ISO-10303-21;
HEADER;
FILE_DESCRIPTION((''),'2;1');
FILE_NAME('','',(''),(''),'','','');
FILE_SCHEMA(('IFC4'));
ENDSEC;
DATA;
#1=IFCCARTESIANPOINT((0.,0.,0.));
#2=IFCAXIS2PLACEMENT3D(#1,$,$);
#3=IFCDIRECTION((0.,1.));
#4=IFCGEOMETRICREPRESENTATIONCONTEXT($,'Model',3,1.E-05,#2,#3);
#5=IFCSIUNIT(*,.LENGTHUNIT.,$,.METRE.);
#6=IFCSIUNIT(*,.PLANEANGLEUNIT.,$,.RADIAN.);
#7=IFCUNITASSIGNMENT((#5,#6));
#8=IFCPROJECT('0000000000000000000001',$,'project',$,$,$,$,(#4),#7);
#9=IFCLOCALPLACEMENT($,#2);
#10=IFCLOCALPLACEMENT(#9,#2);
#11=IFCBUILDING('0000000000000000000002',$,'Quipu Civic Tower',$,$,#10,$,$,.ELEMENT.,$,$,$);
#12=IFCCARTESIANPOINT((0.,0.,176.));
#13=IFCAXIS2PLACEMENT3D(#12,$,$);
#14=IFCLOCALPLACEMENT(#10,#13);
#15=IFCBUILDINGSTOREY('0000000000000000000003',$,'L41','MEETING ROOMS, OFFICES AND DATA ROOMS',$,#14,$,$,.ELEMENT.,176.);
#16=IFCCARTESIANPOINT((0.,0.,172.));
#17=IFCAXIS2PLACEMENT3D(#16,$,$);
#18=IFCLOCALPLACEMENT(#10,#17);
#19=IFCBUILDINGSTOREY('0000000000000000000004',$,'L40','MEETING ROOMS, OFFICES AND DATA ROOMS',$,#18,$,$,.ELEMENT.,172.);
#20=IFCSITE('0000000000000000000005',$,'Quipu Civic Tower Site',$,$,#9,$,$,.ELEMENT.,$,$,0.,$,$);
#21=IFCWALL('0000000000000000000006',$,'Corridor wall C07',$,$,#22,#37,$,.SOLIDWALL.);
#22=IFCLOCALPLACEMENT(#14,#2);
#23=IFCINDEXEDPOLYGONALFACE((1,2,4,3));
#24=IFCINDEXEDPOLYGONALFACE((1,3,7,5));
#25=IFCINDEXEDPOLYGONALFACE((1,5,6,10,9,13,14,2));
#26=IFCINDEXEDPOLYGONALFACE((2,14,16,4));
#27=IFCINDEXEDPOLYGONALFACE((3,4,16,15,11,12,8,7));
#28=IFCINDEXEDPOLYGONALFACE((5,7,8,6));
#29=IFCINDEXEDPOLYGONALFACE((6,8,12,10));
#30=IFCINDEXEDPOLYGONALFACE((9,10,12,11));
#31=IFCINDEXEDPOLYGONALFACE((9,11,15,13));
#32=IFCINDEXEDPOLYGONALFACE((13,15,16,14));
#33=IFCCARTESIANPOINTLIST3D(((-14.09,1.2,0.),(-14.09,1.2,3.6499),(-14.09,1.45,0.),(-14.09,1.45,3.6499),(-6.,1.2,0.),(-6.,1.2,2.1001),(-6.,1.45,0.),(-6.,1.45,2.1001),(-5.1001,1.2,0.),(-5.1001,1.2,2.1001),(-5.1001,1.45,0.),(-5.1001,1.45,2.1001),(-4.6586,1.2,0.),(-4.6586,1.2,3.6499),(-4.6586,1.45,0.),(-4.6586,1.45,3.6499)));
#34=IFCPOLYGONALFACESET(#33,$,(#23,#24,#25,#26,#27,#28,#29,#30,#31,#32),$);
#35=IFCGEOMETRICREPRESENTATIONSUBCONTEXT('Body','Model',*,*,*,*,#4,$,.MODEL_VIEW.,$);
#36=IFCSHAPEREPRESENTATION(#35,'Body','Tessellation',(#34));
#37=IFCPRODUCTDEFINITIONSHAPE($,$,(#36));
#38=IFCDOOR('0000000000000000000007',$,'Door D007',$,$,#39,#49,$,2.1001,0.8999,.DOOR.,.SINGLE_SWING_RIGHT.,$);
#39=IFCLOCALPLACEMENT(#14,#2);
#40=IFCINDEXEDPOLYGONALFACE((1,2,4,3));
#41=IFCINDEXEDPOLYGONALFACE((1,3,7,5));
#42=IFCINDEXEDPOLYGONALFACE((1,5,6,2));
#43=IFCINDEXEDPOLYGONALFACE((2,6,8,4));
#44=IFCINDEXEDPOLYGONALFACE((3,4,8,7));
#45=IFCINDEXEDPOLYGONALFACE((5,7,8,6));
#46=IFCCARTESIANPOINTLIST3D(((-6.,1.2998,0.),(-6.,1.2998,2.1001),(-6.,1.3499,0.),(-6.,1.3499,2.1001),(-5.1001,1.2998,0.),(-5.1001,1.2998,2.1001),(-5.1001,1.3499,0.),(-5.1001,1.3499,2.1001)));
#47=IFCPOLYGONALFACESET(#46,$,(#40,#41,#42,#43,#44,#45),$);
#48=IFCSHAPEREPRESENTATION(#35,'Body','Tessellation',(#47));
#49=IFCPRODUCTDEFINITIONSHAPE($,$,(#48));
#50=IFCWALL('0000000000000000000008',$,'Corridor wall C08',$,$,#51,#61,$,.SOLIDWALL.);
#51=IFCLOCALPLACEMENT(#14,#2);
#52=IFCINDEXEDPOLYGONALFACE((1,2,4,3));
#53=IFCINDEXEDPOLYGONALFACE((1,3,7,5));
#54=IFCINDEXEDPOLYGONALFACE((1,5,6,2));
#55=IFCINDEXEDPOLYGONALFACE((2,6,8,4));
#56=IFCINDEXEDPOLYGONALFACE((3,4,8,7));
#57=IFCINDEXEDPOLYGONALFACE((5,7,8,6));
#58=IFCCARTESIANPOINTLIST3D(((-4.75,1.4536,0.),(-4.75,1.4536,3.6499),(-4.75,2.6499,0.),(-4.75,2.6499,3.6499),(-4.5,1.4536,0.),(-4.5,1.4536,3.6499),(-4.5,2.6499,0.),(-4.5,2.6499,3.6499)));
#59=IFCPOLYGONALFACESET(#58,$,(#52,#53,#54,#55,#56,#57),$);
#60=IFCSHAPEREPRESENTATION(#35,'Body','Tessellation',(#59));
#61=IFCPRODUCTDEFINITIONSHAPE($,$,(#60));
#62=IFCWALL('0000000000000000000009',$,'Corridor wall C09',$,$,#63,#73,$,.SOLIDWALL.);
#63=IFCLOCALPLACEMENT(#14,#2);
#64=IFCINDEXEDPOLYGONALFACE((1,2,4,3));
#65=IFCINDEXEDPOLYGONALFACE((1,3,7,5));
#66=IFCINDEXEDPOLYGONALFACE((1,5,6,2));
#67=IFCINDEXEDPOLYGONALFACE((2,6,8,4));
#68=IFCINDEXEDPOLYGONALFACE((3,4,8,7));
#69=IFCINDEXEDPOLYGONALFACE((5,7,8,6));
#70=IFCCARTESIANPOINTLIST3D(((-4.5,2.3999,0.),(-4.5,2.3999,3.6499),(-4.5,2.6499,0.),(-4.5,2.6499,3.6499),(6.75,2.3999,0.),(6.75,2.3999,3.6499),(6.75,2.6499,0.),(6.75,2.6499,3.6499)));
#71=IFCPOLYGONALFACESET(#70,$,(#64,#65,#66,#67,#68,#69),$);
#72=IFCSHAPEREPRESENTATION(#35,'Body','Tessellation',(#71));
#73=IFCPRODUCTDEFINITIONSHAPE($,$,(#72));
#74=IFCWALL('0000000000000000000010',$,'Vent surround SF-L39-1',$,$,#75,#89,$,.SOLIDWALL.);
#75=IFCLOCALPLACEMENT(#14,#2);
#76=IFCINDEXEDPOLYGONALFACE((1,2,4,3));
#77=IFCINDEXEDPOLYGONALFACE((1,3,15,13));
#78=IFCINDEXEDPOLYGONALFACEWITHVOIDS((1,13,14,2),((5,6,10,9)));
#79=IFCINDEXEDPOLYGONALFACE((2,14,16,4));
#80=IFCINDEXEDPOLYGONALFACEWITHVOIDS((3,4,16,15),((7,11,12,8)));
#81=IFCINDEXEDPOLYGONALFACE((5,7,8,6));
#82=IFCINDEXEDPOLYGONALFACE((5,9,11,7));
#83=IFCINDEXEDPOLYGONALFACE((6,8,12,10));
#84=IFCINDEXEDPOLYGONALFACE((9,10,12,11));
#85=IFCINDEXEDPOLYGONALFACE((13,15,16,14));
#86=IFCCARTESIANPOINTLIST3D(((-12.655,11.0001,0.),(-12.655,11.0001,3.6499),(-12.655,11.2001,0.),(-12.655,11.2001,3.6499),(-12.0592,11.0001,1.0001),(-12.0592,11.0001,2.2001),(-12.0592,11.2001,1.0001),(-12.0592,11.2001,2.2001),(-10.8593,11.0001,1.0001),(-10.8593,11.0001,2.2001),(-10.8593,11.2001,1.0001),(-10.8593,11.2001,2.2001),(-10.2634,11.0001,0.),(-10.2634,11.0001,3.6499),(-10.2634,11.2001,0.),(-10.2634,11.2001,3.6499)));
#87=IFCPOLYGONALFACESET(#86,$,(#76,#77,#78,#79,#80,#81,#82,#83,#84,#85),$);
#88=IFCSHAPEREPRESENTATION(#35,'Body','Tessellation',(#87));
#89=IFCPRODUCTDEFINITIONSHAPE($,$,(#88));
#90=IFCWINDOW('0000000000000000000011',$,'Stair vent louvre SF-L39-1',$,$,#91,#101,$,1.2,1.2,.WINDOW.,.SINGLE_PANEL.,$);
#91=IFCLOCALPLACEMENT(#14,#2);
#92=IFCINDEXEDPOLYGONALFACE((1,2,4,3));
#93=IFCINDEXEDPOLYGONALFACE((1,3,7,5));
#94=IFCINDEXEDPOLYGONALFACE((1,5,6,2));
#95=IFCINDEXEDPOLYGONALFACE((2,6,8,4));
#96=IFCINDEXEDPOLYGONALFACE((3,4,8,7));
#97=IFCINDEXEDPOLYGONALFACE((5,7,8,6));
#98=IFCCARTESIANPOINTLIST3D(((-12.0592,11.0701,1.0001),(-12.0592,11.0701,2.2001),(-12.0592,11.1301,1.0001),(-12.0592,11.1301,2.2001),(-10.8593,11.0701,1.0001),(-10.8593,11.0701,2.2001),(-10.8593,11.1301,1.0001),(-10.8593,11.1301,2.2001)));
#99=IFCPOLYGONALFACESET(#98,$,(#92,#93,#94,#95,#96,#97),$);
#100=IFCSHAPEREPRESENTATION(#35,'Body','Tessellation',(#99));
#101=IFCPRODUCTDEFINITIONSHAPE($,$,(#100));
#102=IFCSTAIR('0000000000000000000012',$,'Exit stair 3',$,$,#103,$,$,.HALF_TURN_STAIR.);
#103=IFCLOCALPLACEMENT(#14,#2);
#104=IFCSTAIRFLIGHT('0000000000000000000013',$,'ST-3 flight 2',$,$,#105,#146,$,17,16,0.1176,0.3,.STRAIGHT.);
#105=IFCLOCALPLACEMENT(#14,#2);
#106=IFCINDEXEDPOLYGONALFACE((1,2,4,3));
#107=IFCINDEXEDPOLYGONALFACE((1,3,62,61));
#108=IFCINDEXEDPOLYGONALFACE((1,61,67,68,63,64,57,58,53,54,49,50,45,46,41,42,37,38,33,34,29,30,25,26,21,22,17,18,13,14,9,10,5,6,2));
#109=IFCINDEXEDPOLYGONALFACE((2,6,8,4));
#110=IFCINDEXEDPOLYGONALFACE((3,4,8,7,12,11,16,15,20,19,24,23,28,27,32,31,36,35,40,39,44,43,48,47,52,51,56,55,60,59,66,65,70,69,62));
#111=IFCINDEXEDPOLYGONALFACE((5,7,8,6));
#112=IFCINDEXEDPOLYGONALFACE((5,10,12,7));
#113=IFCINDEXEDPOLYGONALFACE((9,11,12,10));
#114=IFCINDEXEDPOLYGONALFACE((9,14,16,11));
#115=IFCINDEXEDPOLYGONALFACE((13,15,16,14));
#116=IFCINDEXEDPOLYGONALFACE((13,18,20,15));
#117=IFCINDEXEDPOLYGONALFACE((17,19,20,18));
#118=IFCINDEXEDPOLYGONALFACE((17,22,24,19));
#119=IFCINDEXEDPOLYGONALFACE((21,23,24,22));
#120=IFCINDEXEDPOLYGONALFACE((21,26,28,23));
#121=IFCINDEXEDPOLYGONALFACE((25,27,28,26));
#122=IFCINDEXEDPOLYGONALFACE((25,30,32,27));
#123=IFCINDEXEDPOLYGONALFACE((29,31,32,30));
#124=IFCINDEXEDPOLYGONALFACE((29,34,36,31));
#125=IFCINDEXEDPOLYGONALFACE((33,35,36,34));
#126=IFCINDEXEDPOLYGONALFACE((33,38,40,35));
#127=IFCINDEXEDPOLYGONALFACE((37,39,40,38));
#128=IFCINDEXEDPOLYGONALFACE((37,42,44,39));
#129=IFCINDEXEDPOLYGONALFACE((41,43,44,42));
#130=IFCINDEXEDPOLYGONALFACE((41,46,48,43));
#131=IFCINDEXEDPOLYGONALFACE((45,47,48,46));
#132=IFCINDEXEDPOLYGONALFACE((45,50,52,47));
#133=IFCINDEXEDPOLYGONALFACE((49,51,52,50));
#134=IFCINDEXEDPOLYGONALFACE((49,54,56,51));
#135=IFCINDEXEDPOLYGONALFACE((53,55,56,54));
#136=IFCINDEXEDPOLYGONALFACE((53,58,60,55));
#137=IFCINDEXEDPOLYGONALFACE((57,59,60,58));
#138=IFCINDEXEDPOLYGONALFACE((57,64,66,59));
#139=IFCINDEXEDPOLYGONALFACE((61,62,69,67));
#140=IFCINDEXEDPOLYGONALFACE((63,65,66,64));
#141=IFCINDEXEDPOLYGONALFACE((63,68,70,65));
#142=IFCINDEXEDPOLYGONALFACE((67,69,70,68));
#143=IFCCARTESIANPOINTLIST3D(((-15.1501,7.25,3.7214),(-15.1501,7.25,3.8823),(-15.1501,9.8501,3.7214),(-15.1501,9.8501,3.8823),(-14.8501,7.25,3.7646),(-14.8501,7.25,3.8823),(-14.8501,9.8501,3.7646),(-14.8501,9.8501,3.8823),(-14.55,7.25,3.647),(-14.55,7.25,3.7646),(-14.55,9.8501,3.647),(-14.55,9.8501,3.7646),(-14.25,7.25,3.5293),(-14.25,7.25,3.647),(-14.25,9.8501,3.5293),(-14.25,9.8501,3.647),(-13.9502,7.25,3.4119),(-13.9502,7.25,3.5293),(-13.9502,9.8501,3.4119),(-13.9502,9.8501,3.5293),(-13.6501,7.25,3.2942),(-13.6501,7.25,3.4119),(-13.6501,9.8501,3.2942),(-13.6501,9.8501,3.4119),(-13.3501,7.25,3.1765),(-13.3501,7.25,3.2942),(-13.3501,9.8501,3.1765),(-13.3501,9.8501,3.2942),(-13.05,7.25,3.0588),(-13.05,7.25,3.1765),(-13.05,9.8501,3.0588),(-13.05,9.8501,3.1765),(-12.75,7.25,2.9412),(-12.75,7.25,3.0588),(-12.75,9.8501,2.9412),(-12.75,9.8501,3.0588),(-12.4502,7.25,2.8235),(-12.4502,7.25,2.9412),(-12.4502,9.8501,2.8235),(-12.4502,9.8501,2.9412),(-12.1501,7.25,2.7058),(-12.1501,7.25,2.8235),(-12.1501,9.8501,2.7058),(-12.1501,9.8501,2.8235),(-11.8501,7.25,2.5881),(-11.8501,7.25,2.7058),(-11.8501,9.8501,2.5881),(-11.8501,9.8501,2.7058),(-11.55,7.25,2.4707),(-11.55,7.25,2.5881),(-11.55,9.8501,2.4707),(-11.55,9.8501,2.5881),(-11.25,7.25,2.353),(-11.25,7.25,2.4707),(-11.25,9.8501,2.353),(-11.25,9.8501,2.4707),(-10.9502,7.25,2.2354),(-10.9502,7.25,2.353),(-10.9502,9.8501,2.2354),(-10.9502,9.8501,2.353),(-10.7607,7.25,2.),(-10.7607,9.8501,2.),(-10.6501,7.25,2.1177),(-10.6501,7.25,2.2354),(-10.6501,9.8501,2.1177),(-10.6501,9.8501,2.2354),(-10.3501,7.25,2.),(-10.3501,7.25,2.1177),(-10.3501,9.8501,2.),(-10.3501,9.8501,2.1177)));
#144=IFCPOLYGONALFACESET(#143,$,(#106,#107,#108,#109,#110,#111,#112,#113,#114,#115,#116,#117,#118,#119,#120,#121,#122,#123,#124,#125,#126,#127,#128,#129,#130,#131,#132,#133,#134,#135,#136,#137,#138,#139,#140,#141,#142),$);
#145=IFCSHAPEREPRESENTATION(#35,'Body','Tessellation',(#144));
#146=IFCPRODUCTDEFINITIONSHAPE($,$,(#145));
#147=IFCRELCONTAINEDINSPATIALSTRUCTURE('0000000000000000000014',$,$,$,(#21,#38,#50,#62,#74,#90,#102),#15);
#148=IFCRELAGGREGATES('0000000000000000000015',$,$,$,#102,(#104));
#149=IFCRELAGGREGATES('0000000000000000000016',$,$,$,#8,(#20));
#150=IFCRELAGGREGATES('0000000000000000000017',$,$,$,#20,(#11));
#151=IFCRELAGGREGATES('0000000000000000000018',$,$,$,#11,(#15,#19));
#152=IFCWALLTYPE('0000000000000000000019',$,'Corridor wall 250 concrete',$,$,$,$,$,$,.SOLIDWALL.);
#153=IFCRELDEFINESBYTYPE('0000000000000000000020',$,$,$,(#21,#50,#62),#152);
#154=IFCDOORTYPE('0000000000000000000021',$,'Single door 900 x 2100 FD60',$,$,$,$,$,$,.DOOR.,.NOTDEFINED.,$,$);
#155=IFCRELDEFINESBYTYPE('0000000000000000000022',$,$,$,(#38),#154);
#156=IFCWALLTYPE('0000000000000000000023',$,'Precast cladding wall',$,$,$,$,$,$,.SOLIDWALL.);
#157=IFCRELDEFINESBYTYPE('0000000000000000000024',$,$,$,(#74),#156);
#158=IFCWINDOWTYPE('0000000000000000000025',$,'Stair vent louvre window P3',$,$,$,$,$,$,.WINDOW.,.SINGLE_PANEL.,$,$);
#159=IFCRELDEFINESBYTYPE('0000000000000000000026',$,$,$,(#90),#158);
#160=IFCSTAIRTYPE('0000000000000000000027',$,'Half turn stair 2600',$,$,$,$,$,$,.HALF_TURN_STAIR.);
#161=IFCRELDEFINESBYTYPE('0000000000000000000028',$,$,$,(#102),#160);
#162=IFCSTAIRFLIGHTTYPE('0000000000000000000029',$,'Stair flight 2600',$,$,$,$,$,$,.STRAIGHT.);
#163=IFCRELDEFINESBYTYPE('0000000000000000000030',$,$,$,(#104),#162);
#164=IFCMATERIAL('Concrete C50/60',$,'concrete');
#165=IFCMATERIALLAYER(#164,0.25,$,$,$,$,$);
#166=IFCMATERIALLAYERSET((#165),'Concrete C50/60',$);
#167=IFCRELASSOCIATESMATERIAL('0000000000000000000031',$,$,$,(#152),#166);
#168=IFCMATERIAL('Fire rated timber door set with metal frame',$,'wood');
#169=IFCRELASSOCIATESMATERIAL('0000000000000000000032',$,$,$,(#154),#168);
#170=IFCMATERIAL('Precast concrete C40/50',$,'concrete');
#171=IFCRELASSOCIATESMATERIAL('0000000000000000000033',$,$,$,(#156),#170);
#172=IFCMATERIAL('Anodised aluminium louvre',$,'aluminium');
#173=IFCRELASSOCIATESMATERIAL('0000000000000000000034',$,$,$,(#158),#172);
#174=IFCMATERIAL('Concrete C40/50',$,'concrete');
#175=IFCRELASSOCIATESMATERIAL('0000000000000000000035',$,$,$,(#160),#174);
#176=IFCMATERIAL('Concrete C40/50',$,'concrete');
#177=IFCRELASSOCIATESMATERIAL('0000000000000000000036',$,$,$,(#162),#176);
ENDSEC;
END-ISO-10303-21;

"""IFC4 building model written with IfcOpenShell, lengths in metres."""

from ifc_helpers import new_model, si_unit, direction, frame, frame_2d, origin, place, context, subcontext, project, spatial, polyline, rectangle, outline, extrude, material, layer, layer_set, type_object, element, fill, aggregate, save


model = new_model("IFC4")

# Units and contexts
model_context = context("Model", 3, precision=1e-05, world=origin(), true_north=direction((0.0, 1.0)))
body_context = subcontext(model_context, "Body", "Model", "MODEL_VIEW")
ifc_project = project(units=[si_unit("LENGTHUNIT", "METRE"), si_unit("PLANEANGLEUNIT", "RADIAN")], contexts=[model_context])

# Site, building, storey
site_placement = place(None, origin())
site = spatial("IfcSite", under=ifc_project, at=site_placement, Name="Quipu Civic Tower Site", CompositionType="ELEMENT", RefElevation=0.0)
building_placement = place(site_placement, origin())
building = spatial("IfcBuilding", under=site, at=building_placement, Name="Quipu Civic Tower", CompositionType="ELEMENT")
storey_1_placement = place(building_placement, frame((0.0, 0.0, 176.0)))
storey_1 = spatial("IfcBuildingStorey", under=building, at=storey_1_placement, Name="L41", Description="MEETING ROOMS, OFFICES AND DATA ROOMS", CompositionType="ELEMENT", Elevation=176.0)

# Shared definitions
storey_2_placement = place(building_placement, frame((0.0, 0.0, 172.0)))
storey_2 = spatial("IfcBuildingStorey", under=building, at=storey_2_placement, Name="L40", Description="MEETING ROOMS, OFFICES AND DATA ROOMS", CompositionType="ELEMENT", Elevation=172.0)

# Wall, opening, door
ifc_material_1 = material(Name="Concrete C50/60", Category="concrete")
ifc_layer_1 = layer(ifc_material_1, 0.25)
ifc_layer_set_1 = layer_set([ifc_layer_1], Name="Concrete C50/60")
wall_type_1 = type_object("IfcWallType", Name="Corridor wall 250 concrete", PredefinedType="SOLIDWALL", material=ifc_layer_set_1)
wall_1_placement = place(storey_1_placement, frame((-14.0901, 1.325, 0.0), z_axis=(0.0, 0.0, 1.0), x_axis=(1.0, 0.0, 0.0)))
wall_1 = element("IfcWall", 1, at=wall_1_placement, inside=storey_1, type_object=wall_type_1, Name="Corridor wall C07", PredefinedType="SOLIDWALL", context=body_context, shape_type="SweptSolid", body=[
    extrude(rectangle(XDim=9.4314, YDim=0.25, at=frame_2d((4.7158, 0.0))), origin(), (0.0, 0.0, 1.0), 3.6499),
])
opening_1_placement = place(wall_1_placement, frame((8.0901, 0.0, 0.0)))
opening_1 = element("IfcOpeningElement", 2, at=opening_1_placement, cuts=wall_1, PredefinedType="OPENING", context=body_context, shape_type="SweptSolid", body=[
    extrude(rectangle(XDim=0.8999, YDim=2.1001, at=frame_2d((0.45, 1.05))), frame((0.0, 0.135, 0.0), z_axis=(0.0, -1.0, 0.0), x_axis=(1.0, 0.0, 0.0)), (0.0, 0.0, 1.0), 0.27),
])
ifc_material_2 = material(Name="Fire rated timber door set with metal frame", Category="wood")
door_type = type_object("IfcDoorType", Name="Single door 900 x 2100 FD60", OperationType="NOTDEFINED", PredefinedType="DOOR", material=ifc_material_2)
door_placement = place(opening_1_placement, origin())
door = element("IfcDoor", 3, at=door_placement, inside=storey_1, type_object=door_type, Name="Door D007", OperationType="SINGLE_SWING_RIGHT", OverallHeight=2.1001, OverallWidth=0.8999, PredefinedType="DOOR", context=body_context, shape_type="SweptSolid", body=[
    extrude(rectangle(XDim=0.8999, YDim=2.1001, at=frame_2d((0.45, 1.05))), frame((0.0, 0.0249, 0.0), z_axis=(0.0, -1.0, 0.0), x_axis=(1.0, 0.0, 0.0)), (0.0, 0.0, 1.0), 0.05),
])
fill(opening_1, door)

# Walls
wall_2_placement = place(storey_1_placement, frame((-4.625, 1.4536, 0.0), z_axis=(0.0, 0.0, 1.0), x_axis=(0.0, 1.0, 0.0)))
element("IfcWall", 4, at=wall_2_placement, inside=storey_1, type_object=wall_type_1, Name="Corridor wall C08", PredefinedType="SOLIDWALL", context=body_context, shape_type="SweptSolid", body=[
    extrude(rectangle(XDim=1.1963, YDim=0.25, at=frame_2d((0.5981, 0.0))), origin(), (0.0, 0.0, 1.0), 3.6499),
])
wall_3_placement = place(storey_1_placement, frame((-4.5, 2.5249, 0.0), z_axis=(0.0, 0.0, 1.0), x_axis=(1.0, 0.0, 0.0)))
element("IfcWall", 5, at=wall_3_placement, inside=storey_1, type_object=wall_type_1, Name="Corridor wall C09", PredefinedType="SOLIDWALL", context=body_context, shape_type="SweptSolid", body=[
    extrude(rectangle(XDim=11.25, YDim=0.25, at=frame_2d((5.625, 0.0))), origin(), (0.0, 0.0, 1.0), 3.6499),
])

# Wall, opening, window
ifc_material_3 = material(Name="Precast concrete C40/50", Category="concrete")
wall_type_2 = type_object("IfcWallType", Name="Precast cladding wall", PredefinedType="SOLIDWALL", material=ifc_material_3)
wall_4_placement = place(storey_1_placement, frame((-10.2634, 11.1001, 0.0), z_axis=(0.0, 0.0, 1.0), x_axis=(-1.0, 0.0, 0.0)))
wall_4 = element("IfcWall", 6, at=wall_4_placement, inside=storey_1, type_object=wall_type_2, Name="Vent surround SF-L39-1", PredefinedType="SOLIDWALL", context=body_context, shape_type="SweptSolid", body=[
    extrude(rectangle(XDim=2.3916, YDim=0.2, at=frame_2d((1.1958, 0.0))), origin(), (0.0, 0.0, 1.0), 3.6499),
])
opening_2_placement = place(wall_4_placement, frame((0.5957, 0.0, 1.0)))
opening_2 = element("IfcOpeningElement", 7, at=opening_2_placement, cuts=wall_4, PredefinedType="OPENING", context=body_context, shape_type="SweptSolid", body=[
    extrude(rectangle(XDim=1.2, YDim=1.2, at=frame_2d((0.6001, 0.6001))), frame((0.0, 0.1099, 0.0), z_axis=(0.0, -1.0, 0.0), x_axis=(1.0, 0.0, 0.0)), (0.0, 0.0, 1.0), 0.22),
])
ifc_material_4 = material(Name="Anodised aluminium louvre", Category="aluminium")
window_type = type_object("IfcWindowType", Name="Stair vent louvre window P3", PartitioningType="SINGLE_PANEL", PredefinedType="WINDOW", material=ifc_material_4)
window_placement = place(opening_2_placement, origin())
window = element("IfcWindow", 8, at=window_placement, inside=storey_1, type_object=window_type, Name="Stair vent louvre SF-L39-1", OverallHeight=1.2, OverallWidth=1.2, PartitioningType="SINGLE_PANEL", PredefinedType="WINDOW", context=body_context, shape_type="SweptSolid", body=[
    extrude(rectangle(XDim=1.2, YDim=1.2, at=frame_2d((0.6001, 0.6001))), frame((0.0, 0.03, 0.0), z_axis=(0.0, -1.0, 0.0), x_axis=(1.0, 0.0, 0.0)), (0.0, 0.0, 1.0), 0.0601),
])
fill(opening_2, window)

# Stair, stair flight
ifc_material_5 = material(Name="Concrete C40/50", Category="concrete")
stair_type = type_object("IfcStairType", Name="Half turn stair 2600", PredefinedType="HALF_TURN_STAIR", material=ifc_material_5)
stair_placement = place(storey_1_placement, origin())
stair = element("IfcStair", 9, at=stair_placement, inside=storey_1, type_object=stair_type, Name="Exit stair 3", PredefinedType="HALF_TURN_STAIR")
ifc_material_6 = material(Name="Concrete C40/50", Category="concrete")
stair_flight_type = type_object("IfcStairFlightType", Name="Stair flight 2600", PredefinedType="STRAIGHT", material=ifc_material_6)
stair_flight_placement = place(storey_1_placement, frame((-10.3501, 8.55, 2.0), z_axis=(0.0, 0.0, 1.0), x_axis=(-1.0, 0.0, 0.0)))
stair_flight = element("IfcStairFlight", 10, at=stair_flight_placement, type_object=stair_flight_type, Name="ST-3 flight 2", NumberOfRisers=17, NumberOfTreads=16, PredefinedType="STRAIGHT", RiserHeight=0.1176, TreadLength=0.3, context=body_context, shape_type="SweptSolid", body=[
    extrude(outline(polyline([(0.0, 0.0), (0.0, 0.1177), (0.3, 0.1177), (0.3, 0.2354), (0.6001, 0.2354), (0.6001, 0.353), (0.8999, 0.353), (0.8999, 0.4707), (1.2, 0.4707), (1.2, 0.5881), (1.5, 0.5881), (1.5, 0.7058), (1.8, 0.7058), (1.8, 0.8235), (2.1001, 0.8235), (2.1001, 0.9412), (2.3999, 0.9412), (2.3999, 1.0588), (2.7, 1.0588), (2.7, 1.1765), (3.0, 1.1765), (3.0, 1.2942), (3.3, 1.2942), (3.3, 1.4119), (3.6001, 1.4119), (3.6001, 1.5293), (3.8999, 1.5293), (3.8999, 1.647), (4.2, 1.647), (4.2, 1.7646), (4.5, 1.7646), (4.5, 1.8823), (4.8, 1.8823), (4.8, 2.0), (4.8, 1.7214), (0.4106, 0.0), (0.0, 0.0)])), frame((0.0, 1.3, 0.0), z_axis=(0.0, -1.0, 0.0), x_axis=(1.0, 0.0, 0.0)), (0.0, 0.0, 1.0), 2.6001),
])
aggregate(stair, [stair_flight])

save(model, "model.ifc")
